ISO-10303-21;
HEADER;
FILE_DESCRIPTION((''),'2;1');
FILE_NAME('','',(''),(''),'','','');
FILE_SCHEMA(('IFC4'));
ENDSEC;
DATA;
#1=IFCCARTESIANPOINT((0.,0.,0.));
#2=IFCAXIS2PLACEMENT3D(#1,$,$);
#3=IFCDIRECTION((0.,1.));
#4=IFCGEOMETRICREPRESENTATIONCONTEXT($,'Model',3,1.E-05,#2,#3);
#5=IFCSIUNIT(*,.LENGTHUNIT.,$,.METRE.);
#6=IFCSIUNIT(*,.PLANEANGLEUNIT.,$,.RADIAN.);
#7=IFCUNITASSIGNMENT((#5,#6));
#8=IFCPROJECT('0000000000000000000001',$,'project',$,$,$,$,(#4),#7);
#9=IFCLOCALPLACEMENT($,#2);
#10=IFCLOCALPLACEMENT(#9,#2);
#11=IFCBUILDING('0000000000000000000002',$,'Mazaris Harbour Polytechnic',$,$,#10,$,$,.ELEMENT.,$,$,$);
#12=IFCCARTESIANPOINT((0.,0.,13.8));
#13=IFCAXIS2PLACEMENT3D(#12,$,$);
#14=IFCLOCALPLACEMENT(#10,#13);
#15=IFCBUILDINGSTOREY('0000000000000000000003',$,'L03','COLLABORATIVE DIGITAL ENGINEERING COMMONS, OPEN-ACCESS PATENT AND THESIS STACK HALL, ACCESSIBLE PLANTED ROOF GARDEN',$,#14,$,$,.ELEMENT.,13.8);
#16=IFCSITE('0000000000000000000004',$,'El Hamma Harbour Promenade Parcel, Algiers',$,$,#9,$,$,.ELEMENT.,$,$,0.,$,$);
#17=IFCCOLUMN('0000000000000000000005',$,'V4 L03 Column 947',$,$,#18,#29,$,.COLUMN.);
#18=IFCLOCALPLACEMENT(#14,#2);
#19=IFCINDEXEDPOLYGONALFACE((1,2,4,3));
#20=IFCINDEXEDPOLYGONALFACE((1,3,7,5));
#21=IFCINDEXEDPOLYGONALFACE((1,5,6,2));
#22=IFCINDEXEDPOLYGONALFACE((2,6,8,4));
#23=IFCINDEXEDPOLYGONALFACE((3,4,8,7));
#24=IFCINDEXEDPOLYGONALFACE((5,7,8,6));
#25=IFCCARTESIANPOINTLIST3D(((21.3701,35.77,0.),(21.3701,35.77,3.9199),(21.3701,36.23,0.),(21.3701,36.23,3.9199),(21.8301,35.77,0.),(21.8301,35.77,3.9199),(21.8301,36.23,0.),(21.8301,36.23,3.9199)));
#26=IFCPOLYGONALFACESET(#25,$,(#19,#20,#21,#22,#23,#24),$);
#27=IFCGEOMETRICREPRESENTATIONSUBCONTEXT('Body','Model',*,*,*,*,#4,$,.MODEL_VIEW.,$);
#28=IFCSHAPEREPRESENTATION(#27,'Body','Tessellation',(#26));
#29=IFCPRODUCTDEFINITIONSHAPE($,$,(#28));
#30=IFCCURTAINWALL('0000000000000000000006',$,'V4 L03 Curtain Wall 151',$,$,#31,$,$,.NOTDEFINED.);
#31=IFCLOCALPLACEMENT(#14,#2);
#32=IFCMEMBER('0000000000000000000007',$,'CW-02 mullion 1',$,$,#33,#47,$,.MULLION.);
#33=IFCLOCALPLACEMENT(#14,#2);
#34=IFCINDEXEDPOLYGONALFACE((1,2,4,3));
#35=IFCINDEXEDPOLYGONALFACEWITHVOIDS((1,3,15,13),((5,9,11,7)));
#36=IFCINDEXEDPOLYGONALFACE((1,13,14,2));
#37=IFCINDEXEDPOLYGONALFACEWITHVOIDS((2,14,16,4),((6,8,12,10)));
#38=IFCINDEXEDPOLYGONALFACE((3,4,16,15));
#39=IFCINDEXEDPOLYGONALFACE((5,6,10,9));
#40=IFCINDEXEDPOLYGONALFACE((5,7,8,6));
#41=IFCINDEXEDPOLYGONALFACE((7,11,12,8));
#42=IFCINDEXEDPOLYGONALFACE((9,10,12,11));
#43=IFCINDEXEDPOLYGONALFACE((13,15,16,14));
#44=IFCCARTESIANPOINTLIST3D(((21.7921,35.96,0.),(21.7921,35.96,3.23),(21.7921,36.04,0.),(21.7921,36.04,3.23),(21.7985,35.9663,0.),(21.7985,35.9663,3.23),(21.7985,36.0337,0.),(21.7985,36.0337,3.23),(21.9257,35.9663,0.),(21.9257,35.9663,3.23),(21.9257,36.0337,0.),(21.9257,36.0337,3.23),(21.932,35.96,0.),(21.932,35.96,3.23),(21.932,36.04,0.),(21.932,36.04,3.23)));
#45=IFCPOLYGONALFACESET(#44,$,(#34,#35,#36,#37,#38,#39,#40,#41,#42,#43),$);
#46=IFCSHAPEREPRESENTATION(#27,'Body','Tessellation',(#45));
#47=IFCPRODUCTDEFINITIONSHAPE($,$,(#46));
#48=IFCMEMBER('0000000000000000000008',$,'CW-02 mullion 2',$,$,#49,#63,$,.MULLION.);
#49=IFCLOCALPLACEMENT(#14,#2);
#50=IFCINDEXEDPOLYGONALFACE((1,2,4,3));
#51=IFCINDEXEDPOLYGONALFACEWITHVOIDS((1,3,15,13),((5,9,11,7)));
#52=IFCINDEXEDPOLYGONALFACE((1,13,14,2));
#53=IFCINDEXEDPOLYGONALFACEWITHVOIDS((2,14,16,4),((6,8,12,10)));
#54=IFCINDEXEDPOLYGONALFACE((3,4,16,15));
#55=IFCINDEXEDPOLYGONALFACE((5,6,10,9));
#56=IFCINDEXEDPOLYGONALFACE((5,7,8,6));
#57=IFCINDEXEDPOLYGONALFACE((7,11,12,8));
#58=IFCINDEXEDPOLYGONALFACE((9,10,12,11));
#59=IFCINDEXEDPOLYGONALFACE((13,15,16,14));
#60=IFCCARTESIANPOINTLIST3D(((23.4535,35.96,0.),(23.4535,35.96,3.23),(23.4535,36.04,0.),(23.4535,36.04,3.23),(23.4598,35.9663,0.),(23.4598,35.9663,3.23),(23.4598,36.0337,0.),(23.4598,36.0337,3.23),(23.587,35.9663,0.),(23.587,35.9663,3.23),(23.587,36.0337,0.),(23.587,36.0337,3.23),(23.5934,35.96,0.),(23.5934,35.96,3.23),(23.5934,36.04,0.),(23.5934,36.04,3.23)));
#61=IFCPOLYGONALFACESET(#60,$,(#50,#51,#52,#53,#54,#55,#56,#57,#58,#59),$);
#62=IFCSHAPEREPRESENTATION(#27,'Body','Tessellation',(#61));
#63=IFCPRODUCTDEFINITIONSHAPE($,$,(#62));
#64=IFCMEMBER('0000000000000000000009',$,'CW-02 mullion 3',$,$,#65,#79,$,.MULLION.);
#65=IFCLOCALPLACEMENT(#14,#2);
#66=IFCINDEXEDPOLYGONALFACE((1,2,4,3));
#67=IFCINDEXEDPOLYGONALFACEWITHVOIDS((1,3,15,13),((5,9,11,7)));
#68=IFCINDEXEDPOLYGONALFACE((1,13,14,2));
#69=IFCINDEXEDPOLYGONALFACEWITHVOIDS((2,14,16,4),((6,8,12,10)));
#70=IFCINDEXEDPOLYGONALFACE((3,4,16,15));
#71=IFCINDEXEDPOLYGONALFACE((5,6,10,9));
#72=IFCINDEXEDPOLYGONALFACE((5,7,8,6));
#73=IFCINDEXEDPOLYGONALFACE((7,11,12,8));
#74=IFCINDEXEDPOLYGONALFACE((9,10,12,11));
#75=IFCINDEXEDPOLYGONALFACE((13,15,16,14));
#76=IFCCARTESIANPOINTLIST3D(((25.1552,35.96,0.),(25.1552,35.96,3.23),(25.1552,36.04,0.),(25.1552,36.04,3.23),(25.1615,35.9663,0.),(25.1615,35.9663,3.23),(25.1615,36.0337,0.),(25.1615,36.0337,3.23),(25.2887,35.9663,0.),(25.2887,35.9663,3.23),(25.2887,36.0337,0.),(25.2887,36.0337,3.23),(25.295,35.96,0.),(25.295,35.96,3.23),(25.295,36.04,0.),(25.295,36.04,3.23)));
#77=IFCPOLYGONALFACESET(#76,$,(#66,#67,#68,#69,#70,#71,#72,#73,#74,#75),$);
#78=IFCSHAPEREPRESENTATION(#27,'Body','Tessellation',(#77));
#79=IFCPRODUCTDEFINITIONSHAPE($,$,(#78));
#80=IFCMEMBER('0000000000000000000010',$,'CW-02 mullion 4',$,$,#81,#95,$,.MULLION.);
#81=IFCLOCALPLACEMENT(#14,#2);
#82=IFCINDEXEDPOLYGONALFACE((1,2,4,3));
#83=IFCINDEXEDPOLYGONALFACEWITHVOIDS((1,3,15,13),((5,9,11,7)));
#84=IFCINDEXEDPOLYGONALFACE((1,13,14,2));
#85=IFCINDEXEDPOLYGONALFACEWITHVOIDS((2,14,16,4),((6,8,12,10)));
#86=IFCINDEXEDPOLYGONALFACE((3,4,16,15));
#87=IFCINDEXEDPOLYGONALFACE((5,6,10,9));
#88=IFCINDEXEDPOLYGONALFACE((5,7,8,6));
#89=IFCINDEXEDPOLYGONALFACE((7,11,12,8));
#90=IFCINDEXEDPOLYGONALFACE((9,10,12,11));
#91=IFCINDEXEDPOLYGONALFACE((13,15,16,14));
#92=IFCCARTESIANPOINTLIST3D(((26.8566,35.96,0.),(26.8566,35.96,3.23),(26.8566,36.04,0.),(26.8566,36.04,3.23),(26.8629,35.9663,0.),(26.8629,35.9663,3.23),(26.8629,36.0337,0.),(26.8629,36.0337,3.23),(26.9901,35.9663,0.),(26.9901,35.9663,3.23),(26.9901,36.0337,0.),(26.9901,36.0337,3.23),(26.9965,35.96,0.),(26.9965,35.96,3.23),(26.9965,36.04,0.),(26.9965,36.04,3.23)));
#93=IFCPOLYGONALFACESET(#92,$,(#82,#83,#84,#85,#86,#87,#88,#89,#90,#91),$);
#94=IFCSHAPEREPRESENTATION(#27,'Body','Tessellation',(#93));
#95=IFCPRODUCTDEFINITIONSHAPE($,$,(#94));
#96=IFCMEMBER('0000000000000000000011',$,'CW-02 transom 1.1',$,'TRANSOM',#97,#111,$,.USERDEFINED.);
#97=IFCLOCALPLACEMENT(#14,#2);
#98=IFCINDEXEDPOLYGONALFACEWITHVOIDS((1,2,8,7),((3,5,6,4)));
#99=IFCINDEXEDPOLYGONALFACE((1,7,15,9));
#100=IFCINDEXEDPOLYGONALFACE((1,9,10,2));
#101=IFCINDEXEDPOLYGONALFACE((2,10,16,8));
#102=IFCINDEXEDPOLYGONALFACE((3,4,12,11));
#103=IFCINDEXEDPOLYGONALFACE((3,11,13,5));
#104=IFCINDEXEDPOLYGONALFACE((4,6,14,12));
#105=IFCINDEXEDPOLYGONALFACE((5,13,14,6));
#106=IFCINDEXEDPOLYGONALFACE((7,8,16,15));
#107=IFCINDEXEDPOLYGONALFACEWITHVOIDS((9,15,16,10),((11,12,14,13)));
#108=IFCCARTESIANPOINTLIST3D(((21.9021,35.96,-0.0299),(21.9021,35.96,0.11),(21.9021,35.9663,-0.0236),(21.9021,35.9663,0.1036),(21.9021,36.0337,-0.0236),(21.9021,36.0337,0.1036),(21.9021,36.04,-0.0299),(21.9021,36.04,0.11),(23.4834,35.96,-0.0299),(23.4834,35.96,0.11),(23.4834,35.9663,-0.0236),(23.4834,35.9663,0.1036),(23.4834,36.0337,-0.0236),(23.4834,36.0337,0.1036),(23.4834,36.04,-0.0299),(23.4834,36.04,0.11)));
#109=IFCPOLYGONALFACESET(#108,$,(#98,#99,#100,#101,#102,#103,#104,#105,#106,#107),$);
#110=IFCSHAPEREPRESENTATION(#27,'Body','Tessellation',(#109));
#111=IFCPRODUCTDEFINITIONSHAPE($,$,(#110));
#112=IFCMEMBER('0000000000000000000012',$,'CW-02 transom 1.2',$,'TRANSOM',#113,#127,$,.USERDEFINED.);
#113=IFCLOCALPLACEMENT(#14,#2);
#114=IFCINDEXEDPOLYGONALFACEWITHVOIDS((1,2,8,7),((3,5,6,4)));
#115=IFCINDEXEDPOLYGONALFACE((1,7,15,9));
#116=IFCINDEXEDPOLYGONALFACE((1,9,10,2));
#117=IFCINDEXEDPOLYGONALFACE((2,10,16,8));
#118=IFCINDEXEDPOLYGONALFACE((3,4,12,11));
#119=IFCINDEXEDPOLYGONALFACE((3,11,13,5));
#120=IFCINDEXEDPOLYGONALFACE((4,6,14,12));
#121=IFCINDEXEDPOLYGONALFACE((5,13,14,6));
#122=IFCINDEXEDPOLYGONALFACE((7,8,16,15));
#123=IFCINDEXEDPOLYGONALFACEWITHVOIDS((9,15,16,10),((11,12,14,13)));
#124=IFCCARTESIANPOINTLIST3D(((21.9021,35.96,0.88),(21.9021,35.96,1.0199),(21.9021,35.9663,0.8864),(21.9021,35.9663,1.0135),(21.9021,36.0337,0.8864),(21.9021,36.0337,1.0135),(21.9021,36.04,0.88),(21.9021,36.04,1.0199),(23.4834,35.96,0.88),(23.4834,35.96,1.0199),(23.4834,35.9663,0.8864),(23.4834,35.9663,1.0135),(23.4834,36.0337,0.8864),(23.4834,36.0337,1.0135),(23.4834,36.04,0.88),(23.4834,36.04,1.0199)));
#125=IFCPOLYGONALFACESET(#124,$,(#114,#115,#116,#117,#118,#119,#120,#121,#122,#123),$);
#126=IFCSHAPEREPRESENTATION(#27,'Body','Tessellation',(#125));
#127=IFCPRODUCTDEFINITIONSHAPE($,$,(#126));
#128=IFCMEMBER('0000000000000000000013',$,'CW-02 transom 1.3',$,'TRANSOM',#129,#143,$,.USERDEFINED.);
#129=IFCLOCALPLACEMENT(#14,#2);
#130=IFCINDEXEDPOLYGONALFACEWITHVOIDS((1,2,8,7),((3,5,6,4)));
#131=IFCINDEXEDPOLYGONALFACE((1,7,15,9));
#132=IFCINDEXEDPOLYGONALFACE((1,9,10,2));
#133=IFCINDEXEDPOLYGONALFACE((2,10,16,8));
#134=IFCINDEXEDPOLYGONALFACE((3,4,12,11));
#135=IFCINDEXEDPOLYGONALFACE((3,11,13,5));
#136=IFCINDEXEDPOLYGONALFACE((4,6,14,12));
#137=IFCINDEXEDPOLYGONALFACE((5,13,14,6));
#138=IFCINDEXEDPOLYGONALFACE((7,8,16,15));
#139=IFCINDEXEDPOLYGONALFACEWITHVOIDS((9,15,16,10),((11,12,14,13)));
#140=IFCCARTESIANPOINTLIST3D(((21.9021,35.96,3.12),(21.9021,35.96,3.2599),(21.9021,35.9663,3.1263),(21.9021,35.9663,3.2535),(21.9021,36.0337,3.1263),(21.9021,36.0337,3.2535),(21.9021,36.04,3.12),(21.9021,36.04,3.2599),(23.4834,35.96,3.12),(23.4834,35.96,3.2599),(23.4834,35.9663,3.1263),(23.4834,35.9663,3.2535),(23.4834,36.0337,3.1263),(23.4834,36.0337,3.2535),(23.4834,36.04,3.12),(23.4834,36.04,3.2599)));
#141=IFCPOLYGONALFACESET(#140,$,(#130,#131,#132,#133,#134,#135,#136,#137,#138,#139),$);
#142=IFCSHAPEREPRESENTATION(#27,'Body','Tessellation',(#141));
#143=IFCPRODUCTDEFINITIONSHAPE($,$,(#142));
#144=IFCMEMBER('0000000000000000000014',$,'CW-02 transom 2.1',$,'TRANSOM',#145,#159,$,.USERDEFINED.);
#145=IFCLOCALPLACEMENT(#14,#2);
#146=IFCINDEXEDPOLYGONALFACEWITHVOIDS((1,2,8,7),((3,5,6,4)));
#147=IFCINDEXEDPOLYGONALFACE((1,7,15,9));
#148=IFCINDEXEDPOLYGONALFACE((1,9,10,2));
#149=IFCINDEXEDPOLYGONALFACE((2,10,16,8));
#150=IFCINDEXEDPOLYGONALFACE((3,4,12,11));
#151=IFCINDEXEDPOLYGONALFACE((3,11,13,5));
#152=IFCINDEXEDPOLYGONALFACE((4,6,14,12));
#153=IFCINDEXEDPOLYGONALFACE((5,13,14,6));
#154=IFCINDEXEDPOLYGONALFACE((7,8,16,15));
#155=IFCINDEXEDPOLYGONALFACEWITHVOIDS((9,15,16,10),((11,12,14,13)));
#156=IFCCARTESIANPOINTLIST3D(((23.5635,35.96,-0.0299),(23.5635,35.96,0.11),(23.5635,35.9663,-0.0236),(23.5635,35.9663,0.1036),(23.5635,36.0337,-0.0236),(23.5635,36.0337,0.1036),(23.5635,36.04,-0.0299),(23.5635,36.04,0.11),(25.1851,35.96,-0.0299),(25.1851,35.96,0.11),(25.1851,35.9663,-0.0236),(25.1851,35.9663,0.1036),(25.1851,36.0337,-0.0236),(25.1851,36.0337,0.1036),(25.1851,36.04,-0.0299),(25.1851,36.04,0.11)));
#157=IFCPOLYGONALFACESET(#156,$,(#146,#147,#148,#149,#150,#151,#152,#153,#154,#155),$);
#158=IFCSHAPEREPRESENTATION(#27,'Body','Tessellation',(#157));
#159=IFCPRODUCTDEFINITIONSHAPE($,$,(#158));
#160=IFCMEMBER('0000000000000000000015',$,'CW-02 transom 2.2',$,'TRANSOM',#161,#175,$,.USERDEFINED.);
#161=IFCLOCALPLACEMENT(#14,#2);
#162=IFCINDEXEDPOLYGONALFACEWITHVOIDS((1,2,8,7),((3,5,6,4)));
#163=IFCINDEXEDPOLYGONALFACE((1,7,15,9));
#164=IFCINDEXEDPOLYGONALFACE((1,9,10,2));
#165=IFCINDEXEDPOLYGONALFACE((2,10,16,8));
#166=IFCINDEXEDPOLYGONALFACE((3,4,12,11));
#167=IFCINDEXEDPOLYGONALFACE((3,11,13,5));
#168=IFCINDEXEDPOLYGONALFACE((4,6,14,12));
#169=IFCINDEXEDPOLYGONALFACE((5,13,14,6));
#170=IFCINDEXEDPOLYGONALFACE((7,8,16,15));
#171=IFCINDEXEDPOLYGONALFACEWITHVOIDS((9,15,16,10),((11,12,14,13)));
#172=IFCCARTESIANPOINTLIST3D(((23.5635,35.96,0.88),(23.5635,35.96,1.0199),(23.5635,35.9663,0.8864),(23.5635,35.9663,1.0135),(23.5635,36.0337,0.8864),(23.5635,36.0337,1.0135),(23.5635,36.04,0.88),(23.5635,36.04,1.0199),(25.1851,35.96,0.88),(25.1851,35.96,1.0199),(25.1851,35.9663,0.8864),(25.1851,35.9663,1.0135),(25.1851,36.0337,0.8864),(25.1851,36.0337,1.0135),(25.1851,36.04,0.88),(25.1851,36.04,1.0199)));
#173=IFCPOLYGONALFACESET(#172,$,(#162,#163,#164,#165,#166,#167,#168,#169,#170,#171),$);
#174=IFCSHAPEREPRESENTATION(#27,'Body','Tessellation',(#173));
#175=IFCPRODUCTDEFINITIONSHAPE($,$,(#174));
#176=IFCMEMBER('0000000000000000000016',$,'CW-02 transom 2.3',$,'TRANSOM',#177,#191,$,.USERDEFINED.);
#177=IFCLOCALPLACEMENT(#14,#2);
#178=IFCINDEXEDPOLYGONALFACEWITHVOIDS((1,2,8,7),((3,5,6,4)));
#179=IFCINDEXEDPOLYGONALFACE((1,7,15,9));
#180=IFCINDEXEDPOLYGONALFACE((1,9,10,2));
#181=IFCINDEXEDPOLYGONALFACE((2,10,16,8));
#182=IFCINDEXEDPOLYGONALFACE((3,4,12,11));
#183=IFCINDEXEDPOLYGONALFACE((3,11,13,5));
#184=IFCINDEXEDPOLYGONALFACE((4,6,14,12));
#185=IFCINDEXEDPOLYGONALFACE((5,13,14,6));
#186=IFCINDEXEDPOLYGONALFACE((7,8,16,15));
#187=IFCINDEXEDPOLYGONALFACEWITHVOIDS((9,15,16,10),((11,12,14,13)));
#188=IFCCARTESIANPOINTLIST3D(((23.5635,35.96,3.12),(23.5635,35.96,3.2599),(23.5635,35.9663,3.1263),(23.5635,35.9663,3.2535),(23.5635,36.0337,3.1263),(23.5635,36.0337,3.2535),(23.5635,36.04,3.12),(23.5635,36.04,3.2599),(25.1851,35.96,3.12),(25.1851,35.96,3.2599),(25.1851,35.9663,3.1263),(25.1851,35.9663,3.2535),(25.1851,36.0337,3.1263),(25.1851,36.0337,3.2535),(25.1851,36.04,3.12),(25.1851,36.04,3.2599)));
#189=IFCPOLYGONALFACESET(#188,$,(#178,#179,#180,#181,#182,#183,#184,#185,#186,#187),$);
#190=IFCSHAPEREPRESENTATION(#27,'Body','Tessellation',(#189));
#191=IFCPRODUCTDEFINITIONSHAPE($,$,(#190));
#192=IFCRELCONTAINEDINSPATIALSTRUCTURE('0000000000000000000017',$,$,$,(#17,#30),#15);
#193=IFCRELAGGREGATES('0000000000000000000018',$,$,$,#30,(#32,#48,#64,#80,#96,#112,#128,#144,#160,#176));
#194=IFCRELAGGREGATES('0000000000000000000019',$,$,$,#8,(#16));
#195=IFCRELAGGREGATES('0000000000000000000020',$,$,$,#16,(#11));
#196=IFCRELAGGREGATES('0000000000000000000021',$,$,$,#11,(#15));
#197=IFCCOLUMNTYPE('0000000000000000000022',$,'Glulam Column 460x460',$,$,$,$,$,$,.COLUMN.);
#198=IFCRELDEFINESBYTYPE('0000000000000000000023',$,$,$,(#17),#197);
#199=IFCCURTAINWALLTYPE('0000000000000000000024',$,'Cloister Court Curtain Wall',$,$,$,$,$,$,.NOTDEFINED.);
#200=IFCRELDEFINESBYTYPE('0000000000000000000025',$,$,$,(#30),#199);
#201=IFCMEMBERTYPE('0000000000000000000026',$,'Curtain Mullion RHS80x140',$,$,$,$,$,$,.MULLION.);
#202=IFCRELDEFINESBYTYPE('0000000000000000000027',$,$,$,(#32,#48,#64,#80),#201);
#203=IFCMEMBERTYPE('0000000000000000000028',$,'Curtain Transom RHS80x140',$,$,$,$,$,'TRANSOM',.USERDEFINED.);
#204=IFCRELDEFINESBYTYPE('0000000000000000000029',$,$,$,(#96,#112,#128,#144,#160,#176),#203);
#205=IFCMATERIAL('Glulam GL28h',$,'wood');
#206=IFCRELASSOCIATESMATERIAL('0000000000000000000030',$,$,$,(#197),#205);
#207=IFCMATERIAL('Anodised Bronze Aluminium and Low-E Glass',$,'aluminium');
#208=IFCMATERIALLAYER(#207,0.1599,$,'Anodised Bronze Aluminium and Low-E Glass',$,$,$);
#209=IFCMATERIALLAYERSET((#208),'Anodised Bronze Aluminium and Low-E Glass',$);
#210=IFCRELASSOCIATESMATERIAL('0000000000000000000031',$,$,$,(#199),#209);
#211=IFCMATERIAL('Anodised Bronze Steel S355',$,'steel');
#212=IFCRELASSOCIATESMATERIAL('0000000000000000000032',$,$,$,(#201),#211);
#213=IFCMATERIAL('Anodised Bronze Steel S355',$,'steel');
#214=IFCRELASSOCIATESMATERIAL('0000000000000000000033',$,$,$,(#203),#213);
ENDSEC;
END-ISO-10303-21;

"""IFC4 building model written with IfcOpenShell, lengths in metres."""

from ifc_helpers import new_model, si_unit, direction, frame, origin, origin_2d, place, context, subcontext, project, spatial, rectangle, hollow_rectangle, extrude, material, layer, layer_set, material_profile, profile_set, type_object, element, aggregate, save


model = new_model("IFC4")

# Units and contexts
model_context = context("Model", 3, precision=1e-05, world=origin(), true_north=direction((0.0, 1.0)))
body_context = subcontext(model_context, "Body", "Model", "MODEL_VIEW")
ifc_project = project(units=[si_unit("LENGTHUNIT", "METRE"), si_unit("PLANEANGLEUNIT", "RADIAN")], contexts=[model_context])

# Site, building, storey
site_placement = place(None, origin())
site = spatial("IfcSite", under=ifc_project, at=site_placement, Name="El Hamma Harbour Promenade Parcel, Algiers", CompositionType="ELEMENT", RefElevation=0.0)
building_placement = place(site_placement, origin())
building = spatial("IfcBuilding", under=site, at=building_placement, Name="Mazaris Harbour Polytechnic", CompositionType="ELEMENT")
storey_placement = place(building_placement, frame((0.0, 0.0, 13.8)))
storey = spatial("IfcBuildingStorey", under=building, at=storey_placement, Name="L03", Description="COLLABORATIVE DIGITAL ENGINEERING COMMONS, OPEN-ACCESS PATENT AND THESIS STACK HALL, ACCESSIBLE PLANTED ROOF GARDEN", CompositionType="ELEMENT", Elevation=13.8)

# Column
ifc_material_1 = material(Name="Glulam GL28h", Category="wood")
ifc_material_profile_1 = material_profile(ifc_material_1, rectangle(XDim=0.46, YDim=0.46, at=origin_2d()), Name="RECT460x460")
ifc_profile_set_1 = profile_set([ifc_material_profile_1], Name="Glulam GL28h")
column_type = type_object("IfcColumnType", Name="Glulam Column 460x460", PredefinedType="COLUMN", material=ifc_profile_set_1)
column_placement = place(storey_placement, frame((21.6001, 36.0, 0.0), z_axis=(0.0, 0.0, 1.0), x_axis=(1.0, 0.0, 0.0)))
element("IfcColumn", 1, at=column_placement, inside=storey, type_object=column_type, Name="V4 L03 Column 947", PredefinedType="COLUMN", context=body_context, shape_type="SweptSolid", body=[
    extrude(rectangle(XDim=0.46, YDim=0.46, at=origin_2d()), origin(), (0.0, 0.0, 1.0), 3.9199),
])

# Curtain wall, members
ifc_material_2 = material(Name="Anodised Bronze Aluminium and Low-E Glass", Category="aluminium")
ifc_layer_1 = layer(ifc_material_2, 0.1599, Name="Anodised Bronze Aluminium and Low-E Glass")
ifc_layer_set_1 = layer_set([ifc_layer_1], Name="Anodised Bronze Aluminium and Low-E Glass")
curtain_wall_type = type_object("IfcCurtainWallType", Name="Cloister Court Curtain Wall", PredefinedType="NOTDEFINED", material=ifc_layer_set_1)
curtain_wall_placement = place(storey_placement, origin())
curtain_wall = element("IfcCurtainWall", 2, at=curtain_wall_placement, inside=storey, type_object=curtain_wall_type, Name="V4 L03 Curtain Wall 151", PredefinedType="NOTDEFINED")
ifc_material_3 = material(Name="Anodised Bronze Steel S355", Category="steel")
ifc_material_profile_2 = material_profile(ifc_material_3, hollow_rectangle(XDim=0.0801, YDim=0.1399, WallThickness=0.0063, at=origin_2d()), Name="RHS 80x140x6.3")
ifc_profile_set_2 = profile_set([ifc_material_profile_2], Name="Anodised Bronze Steel S355")
member_type_1 = type_object("IfcMemberType", Name="Curtain Mullion RHS80x140", PredefinedType="MULLION", material=ifc_profile_set_2)
member_1_placement = place(storey_placement, frame((21.8621, 36.0, 0.0), z_axis=(0.0, 0.0, 1.0), x_axis=(0.0, 1.0, 0.0)))
member_1 = element("IfcMember", 3, at=member_1_placement, type_object=member_type_1, Name="CW-02 mullion 1", PredefinedType="MULLION", context=body_context, shape_type="SweptSolid", body=[
    extrude(hollow_rectangle(XDim=0.0801, YDim=0.1399, WallThickness=0.0063, at=origin_2d()), origin(), (0.0, 0.0, 1.0), 3.23),
])
member_2_placement = place(storey_placement, frame((23.5234, 36.0, 0.0), z_axis=(0.0, 0.0, 1.0), x_axis=(0.0, 1.0, 0.0)))
member_2 = element("IfcMember", 4, at=member_2_placement, type_object=member_type_1, Name="CW-02 mullion 2", PredefinedType="MULLION", context=body_context, shape_type="SweptSolid", body=[
    extrude(hollow_rectangle(XDim=0.0801, YDim=0.1399, WallThickness=0.0063, at=origin_2d()), origin(), (0.0, 0.0, 1.0), 3.23),
])
member_3_placement = place(storey_placement, frame((25.2251, 36.0, 0.0), z_axis=(0.0, 0.0, 1.0), x_axis=(0.0, 1.0, 0.0)))
member_3 = element("IfcMember", 5, at=member_3_placement, type_object=member_type_1, Name="CW-02 mullion 3", PredefinedType="MULLION", context=body_context, shape_type="SweptSolid", body=[
    extrude(hollow_rectangle(XDim=0.0801, YDim=0.1399, WallThickness=0.0063, at=origin_2d()), origin(), (0.0, 0.0, 1.0), 3.23),
])
member_4_placement = place(storey_placement, frame((26.9265, 36.0, 0.0), z_axis=(0.0, 0.0, 1.0), x_axis=(0.0, 1.0, 0.0)))
member_4 = element("IfcMember", 6, at=member_4_placement, type_object=member_type_1, Name="CW-02 mullion 4", PredefinedType="MULLION", context=body_context, shape_type="SweptSolid", body=[
    extrude(hollow_rectangle(XDim=0.0801, YDim=0.1399, WallThickness=0.0063, at=origin_2d()), origin(), (0.0, 0.0, 1.0), 3.23),
])
ifc_material_4 = material(Name="Anodised Bronze Steel S355", Category="steel")
ifc_material_profile_3 = material_profile(ifc_material_4, hollow_rectangle(XDim=0.0801, YDim=0.1399, WallThickness=0.0063, at=origin_2d()), Name="RHS 80x140x6.3")
ifc_profile_set_3 = profile_set([ifc_material_profile_3], Name="Anodised Bronze Steel S355")
member_type_2 = type_object("IfcMemberType", Name="Curtain Transom RHS80x140", ElementType="TRANSOM", PredefinedType="USERDEFINED", material=ifc_profile_set_3)
member_5_placement = place(storey_placement, frame((21.9021, 36.0, 0.04), z_axis=(1.0, 0.0, 0.0), x_axis=(0.0, 1.0, 0.0)))
member_5 = element("IfcMember", 7, at=member_5_placement, type_object=member_type_2, Name="CW-02 transom 1.1", ObjectType="TRANSOM", PredefinedType="USERDEFINED", context=body_context, shape_type="SweptSolid", body=[
    extrude(hollow_rectangle(XDim=0.0801, YDim=0.1399, WallThickness=0.0063, at=origin_2d()), origin(), (0.0, 0.0, 1.0), 1.5813),
])
member_6_placement = place(storey_placement, frame((21.9021, 36.0, 0.95), z_axis=(1.0, 0.0, 0.0), x_axis=(0.0, 1.0, 0.0)))
member_6 = element("IfcMember", 8, at=member_6_placement, type_object=member_type_2, Name="CW-02 transom 1.2", ObjectType="TRANSOM", PredefinedType="USERDEFINED", context=body_context, shape_type="SweptSolid", body=[
    extrude(hollow_rectangle(XDim=0.0801, YDim=0.1399, WallThickness=0.0063, at=origin_2d()), origin(), (0.0, 0.0, 1.0), 1.5813),
])
member_7_placement = place(storey_placement, frame((21.9021, 36.0, 3.1899), z_axis=(1.0, 0.0, 0.0), x_axis=(0.0, 1.0, 0.0)))
member_7 = element("IfcMember", 9, at=member_7_placement, type_object=member_type_2, Name="CW-02 transom 1.3", ObjectType="TRANSOM", PredefinedType="USERDEFINED", context=body_context, shape_type="SweptSolid", body=[
    extrude(hollow_rectangle(XDim=0.0801, YDim=0.1399, WallThickness=0.0063, at=origin_2d()), origin(), (0.0, 0.0, 1.0), 1.5813),
])
member_8_placement = place(storey_placement, frame((23.5635, 36.0, 0.04), z_axis=(1.0, 0.0, 0.0), x_axis=(0.0, 1.0, 0.0)))
member_8 = element("IfcMember", 10, at=member_8_placement, type_object=member_type_2, Name="CW-02 transom 2.1", ObjectType="TRANSOM", PredefinedType="USERDEFINED", context=body_context, shape_type="SweptSolid", body=[
    extrude(hollow_rectangle(XDim=0.0801, YDim=0.1399, WallThickness=0.0063, at=origin_2d()), origin(), (0.0, 0.0, 1.0), 1.6216),
])
member_9_placement = place(storey_placement, frame((23.5635, 36.0, 0.95), z_axis=(1.0, 0.0, 0.0), x_axis=(0.0, 1.0, 0.0)))
member_9 = element("IfcMember", 11, at=member_9_placement, type_object=member_type_2, Name="CW-02 transom 2.2", ObjectType="TRANSOM", PredefinedType="USERDEFINED", context=body_context, shape_type="SweptSolid", body=[
    extrude(hollow_rectangle(XDim=0.0801, YDim=0.1399, WallThickness=0.0063, at=origin_2d()), origin(), (0.0, 0.0, 1.0), 1.6216),
])
member_10_placement = place(storey_placement, frame((23.5635, 36.0, 3.1899), z_axis=(1.0, 0.0, 0.0), x_axis=(0.0, 1.0, 0.0)))
member_10 = element("IfcMember", 12, at=member_10_placement, type_object=member_type_2, Name="CW-02 transom 2.3", ObjectType="TRANSOM", PredefinedType="USERDEFINED", context=body_context, shape_type="SweptSolid", body=[
    extrude(hollow_rectangle(XDim=0.0801, YDim=0.1399, WallThickness=0.0063, at=origin_2d()), origin(), (0.0, 0.0, 1.0), 1.6216),
])

aggregate(curtain_wall, [member_1, member_2, member_3, member_4, member_5, member_6, member_7, member_8, member_9, member_10])

save(model, "model.ifc")
